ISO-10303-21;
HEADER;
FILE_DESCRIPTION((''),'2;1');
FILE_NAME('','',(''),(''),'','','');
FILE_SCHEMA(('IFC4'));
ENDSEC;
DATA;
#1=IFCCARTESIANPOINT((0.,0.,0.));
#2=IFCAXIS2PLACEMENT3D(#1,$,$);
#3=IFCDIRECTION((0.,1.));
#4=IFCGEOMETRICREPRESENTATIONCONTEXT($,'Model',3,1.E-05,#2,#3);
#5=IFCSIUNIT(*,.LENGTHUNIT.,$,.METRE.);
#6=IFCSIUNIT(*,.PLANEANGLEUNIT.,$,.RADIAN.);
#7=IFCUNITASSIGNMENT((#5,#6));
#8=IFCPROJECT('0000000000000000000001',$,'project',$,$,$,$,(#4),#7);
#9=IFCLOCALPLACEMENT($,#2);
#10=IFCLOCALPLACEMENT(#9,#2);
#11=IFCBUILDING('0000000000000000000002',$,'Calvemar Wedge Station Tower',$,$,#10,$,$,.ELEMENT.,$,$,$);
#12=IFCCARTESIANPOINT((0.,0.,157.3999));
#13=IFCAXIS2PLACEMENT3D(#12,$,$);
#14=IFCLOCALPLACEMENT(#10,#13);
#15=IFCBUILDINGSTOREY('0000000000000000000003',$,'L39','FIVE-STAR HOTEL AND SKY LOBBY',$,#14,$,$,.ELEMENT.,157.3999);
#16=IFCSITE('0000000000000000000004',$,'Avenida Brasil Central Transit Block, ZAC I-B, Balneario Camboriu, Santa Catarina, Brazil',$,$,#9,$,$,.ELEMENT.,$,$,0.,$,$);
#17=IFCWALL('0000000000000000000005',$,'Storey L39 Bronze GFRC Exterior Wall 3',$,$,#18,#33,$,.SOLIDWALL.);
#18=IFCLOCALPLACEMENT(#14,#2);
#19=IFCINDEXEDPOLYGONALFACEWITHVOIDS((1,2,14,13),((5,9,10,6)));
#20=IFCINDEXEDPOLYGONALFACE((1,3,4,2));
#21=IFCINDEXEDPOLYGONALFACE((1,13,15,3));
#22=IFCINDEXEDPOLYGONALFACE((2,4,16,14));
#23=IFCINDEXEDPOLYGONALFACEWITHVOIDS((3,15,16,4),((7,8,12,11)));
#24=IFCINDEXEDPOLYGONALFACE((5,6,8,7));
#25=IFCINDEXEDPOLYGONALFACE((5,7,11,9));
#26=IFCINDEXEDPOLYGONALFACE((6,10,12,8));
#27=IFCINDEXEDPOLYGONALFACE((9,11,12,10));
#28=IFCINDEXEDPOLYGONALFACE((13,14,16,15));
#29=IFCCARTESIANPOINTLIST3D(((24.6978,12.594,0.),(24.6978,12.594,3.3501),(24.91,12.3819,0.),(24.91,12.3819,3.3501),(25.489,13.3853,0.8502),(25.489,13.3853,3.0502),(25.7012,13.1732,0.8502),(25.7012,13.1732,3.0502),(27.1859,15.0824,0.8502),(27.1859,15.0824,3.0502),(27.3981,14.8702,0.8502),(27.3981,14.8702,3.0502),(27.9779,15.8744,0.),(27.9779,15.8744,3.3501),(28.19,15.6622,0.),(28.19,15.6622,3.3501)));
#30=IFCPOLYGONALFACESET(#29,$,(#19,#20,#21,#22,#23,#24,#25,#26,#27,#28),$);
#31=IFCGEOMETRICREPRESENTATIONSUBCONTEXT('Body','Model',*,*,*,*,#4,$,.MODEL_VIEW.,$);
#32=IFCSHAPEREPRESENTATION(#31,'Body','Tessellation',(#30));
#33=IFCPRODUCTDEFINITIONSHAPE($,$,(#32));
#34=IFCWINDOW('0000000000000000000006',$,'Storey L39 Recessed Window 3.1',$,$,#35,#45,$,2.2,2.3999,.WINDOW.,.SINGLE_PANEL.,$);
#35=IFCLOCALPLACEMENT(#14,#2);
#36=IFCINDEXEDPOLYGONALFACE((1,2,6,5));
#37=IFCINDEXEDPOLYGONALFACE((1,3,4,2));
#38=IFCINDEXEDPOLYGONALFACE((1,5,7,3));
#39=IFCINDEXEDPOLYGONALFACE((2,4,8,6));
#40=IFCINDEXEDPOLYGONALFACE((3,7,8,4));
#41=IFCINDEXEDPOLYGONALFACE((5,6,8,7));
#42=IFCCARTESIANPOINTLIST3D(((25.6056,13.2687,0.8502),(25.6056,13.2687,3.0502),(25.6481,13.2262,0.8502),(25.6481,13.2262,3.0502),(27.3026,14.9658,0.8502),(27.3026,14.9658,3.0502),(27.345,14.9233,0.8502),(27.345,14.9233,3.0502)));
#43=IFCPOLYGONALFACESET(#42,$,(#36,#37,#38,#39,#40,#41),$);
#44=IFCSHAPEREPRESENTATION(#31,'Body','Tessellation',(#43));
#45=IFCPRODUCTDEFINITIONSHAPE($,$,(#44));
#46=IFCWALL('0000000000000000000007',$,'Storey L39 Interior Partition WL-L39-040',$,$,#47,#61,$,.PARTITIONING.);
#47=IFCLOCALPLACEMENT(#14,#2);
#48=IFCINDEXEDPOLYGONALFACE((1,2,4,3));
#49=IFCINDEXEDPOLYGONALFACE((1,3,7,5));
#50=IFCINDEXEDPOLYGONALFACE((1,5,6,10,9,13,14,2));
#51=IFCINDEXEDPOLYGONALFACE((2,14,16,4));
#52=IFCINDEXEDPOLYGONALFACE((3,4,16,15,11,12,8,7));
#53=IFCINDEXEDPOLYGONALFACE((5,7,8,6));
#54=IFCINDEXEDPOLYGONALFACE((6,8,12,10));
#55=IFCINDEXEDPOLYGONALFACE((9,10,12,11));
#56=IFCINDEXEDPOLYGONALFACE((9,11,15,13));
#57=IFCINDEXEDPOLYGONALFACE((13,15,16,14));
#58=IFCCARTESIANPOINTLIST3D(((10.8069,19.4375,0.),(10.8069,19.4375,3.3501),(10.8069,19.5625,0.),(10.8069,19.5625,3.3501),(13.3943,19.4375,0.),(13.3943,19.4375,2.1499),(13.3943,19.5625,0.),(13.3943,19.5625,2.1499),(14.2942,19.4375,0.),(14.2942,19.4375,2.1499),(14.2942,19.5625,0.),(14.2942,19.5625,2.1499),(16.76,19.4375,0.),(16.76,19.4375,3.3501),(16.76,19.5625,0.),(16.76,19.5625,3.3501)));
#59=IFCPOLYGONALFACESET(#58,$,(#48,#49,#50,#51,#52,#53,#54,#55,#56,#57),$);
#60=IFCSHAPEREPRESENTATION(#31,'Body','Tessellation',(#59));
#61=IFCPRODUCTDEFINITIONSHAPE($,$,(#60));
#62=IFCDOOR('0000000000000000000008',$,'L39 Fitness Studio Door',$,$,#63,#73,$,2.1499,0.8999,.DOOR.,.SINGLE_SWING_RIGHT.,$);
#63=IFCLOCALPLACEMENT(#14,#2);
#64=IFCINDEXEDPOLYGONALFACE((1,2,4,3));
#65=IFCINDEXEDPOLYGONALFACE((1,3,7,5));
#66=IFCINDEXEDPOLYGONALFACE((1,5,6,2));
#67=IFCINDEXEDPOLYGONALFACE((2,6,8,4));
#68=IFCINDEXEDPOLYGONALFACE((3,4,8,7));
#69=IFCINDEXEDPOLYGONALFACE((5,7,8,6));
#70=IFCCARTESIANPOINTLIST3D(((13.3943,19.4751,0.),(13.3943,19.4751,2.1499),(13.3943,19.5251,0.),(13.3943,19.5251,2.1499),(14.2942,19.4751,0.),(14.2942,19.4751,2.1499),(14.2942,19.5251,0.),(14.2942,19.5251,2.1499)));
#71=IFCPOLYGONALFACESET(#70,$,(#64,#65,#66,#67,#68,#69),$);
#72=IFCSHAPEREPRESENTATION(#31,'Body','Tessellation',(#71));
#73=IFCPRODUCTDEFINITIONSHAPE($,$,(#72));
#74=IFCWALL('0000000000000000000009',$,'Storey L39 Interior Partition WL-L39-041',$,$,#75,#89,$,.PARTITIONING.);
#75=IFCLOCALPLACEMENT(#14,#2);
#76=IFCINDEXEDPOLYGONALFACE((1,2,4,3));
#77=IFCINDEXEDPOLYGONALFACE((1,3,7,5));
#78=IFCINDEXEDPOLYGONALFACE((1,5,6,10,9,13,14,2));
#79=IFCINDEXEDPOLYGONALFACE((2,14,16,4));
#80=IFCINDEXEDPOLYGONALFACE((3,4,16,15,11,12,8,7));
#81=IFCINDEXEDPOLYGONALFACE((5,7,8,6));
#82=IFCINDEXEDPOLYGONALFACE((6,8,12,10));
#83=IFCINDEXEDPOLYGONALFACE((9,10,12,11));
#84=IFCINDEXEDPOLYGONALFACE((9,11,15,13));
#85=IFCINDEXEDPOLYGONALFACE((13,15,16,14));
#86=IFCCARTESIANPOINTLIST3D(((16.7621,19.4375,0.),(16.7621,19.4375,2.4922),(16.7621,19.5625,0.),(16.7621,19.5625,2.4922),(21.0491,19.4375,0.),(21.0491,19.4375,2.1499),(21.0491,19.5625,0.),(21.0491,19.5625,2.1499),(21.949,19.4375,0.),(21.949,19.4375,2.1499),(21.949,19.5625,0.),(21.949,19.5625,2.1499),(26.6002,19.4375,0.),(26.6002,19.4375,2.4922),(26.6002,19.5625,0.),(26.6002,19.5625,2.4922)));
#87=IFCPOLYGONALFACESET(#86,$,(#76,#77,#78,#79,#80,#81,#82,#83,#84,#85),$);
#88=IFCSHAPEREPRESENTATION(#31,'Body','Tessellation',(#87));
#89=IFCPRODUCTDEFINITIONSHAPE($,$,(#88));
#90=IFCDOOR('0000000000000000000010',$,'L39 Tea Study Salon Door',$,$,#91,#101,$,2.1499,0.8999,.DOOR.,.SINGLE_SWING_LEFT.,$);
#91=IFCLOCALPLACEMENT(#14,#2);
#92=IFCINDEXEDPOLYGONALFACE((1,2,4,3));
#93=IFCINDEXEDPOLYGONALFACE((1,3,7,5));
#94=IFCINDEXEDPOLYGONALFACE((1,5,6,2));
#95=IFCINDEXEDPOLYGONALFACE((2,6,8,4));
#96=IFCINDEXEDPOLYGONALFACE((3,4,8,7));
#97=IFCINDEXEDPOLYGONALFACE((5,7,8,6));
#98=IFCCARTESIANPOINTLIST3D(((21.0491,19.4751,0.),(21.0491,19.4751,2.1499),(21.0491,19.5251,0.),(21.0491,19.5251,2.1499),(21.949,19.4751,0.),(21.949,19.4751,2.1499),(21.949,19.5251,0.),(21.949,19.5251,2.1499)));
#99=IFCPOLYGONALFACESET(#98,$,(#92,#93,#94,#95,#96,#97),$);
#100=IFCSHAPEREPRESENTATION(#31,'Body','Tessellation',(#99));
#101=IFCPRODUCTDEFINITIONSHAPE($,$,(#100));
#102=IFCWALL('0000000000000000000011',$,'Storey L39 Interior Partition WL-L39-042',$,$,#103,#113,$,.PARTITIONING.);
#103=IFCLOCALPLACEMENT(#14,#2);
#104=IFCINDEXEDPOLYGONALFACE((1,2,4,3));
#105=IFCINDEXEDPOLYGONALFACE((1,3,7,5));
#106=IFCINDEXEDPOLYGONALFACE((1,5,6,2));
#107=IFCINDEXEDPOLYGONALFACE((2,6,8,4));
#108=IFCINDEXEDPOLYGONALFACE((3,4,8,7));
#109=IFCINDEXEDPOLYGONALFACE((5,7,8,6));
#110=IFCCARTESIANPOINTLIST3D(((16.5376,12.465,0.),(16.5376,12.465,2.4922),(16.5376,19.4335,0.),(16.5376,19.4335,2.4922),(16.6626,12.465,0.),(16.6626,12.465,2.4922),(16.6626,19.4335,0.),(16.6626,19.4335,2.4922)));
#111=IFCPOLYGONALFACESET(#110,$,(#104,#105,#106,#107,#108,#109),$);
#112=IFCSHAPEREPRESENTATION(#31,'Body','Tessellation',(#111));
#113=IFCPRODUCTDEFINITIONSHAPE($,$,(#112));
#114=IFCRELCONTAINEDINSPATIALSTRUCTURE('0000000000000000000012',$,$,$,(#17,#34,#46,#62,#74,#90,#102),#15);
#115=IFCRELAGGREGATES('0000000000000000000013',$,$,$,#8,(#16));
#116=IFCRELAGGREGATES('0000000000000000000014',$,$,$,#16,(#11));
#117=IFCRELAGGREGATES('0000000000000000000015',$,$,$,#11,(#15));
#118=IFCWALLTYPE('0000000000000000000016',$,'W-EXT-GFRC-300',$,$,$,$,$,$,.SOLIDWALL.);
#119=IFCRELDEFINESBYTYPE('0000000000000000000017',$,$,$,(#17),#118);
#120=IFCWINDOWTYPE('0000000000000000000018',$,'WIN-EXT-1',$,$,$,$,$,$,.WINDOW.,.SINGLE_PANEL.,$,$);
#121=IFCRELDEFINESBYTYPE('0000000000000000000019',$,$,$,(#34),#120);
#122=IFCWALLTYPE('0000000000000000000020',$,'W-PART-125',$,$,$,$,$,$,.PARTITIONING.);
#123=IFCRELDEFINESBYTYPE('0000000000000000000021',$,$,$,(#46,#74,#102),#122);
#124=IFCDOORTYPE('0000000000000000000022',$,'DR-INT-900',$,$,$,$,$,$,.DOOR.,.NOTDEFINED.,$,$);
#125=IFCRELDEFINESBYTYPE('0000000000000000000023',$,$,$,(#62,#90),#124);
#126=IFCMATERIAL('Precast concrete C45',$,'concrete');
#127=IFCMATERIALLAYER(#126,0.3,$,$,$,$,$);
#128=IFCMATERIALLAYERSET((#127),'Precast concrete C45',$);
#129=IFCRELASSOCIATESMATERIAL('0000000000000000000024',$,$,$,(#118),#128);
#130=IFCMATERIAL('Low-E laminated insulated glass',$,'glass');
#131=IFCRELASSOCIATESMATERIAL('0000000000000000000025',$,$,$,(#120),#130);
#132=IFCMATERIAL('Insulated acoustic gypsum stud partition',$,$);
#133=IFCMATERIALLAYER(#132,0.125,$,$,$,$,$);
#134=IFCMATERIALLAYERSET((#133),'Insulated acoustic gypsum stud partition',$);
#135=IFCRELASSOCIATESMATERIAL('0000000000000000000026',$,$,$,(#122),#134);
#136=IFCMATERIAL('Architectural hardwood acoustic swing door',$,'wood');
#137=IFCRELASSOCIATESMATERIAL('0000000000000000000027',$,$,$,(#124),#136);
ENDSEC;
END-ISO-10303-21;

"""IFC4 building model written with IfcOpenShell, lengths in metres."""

from ifc_helpers import new_model, si_unit, direction, frame, frame_2d, origin, place, context, subcontext, project, spatial, rectangle, extrude, source, transform, mapped, material, layer, layer_set, type_object, element, fill, save


model = new_model("IFC4")

# Units and contexts
model_context = context("Model", 3, precision=1e-05, world=origin(), true_north=direction((0.0, 1.0)))
body_context = subcontext(model_context, "Body", "Model", "MODEL_VIEW")
ifc_project = project(units=[si_unit("LENGTHUNIT", "METRE"), si_unit("PLANEANGLEUNIT", "RADIAN")], contexts=[model_context])

# Site, building, storey
site_placement = place(None, origin())
site = spatial("IfcSite", under=ifc_project, at=site_placement, Name="Avenida Brasil Central Transit Block, ZAC I-B, Balneario Camboriu, Santa Catarina, Brazil", CompositionType="ELEMENT", RefElevation=0.0)
building_placement = place(site_placement, origin())
building = spatial("IfcBuilding", under=site, at=building_placement, Name="Calvemar Wedge Station Tower", CompositionType="ELEMENT")
storey_placement = place(building_placement, frame((0.0, 0.0, 157.3999)))
storey = spatial("IfcBuildingStorey", under=building, at=storey_placement, Name="L39", Description="FIVE-STAR HOTEL AND SKY LOBBY", CompositionType="ELEMENT", Elevation=157.3999)

# Shared definitions
ifc_material_1 = material(Name="Precast concrete C45", Category="concrete")
ifc_layer_1 = layer(ifc_material_1, 0.3)
ifc_layer_set_1 = layer_set([ifc_layer_1], Name="Precast concrete C45")
wall_type_1 = type_object("IfcWallType", Name="W-EXT-GFRC-300", PredefinedType="SOLIDWALL", material=ifc_layer_set_1)
shared_shape_1 = source(origin(), body_context, "Body", "SweptSolid", [
    extrude(rectangle(XDim=2.3999, YDim=2.2, at=frame_2d((1.2, 1.1001))), frame((0.0, 0.1602, 0.0), z_axis=(0.0, -1.0, 0.0), x_axis=(1.0, 0.0, 0.0)), (0.0, 0.0, 1.0), 0.3201),
])
ifc_material_2 = material(Name="Low-E laminated insulated glass", Category="glass")
window_type_1 = type_object("IfcWindowType", Name="WIN-EXT-1", PartitioningType="SINGLE_PANEL", PredefinedType="WINDOW", material=ifc_material_2)
shared_shape_2 = source(origin(), body_context, "Body", "SweptSolid", [
    extrude(rectangle(XDim=2.3999, YDim=2.2, at=frame_2d((1.2, 1.1001))), frame((0.0, -0.0149, 0.0), z_axis=(0.0, -1.0, 0.0), x_axis=(1.0, 0.0, 0.0)), (0.0, 0.0, 1.0), 0.0601),
])

# Wall, opening, window
wall_1_placement = place(storey_placement, frame((24.804, 12.488, 0.0), z_axis=(0.0, 0.0, 1.0), x_axis=(0.70708, 0.707133, 0.0)))
wall_1 = element("IfcWall", 1, at=wall_1_placement, inside=storey, type_object=wall_type_1, Name="Storey L39 Bronze GFRC Exterior Wall 3", PredefinedType="SOLIDWALL", context=body_context, shape_type="SweptSolid", body=[
    extrude(rectangle(XDim=4.6389, YDim=0.3, at=frame_2d((2.3193, 0.0))), origin(), (0.0, 0.0, 1.0), 3.3501),
])
opening_1_placement = place(wall_1_placement, frame((1.1189, 0.0, 0.8501)))
opening_1 = element("IfcOpeningElement", 2, at=opening_1_placement, cuts=wall_1, PredefinedType="OPENING", context=body_context, shape_type="MappedRepresentation", body=[
    mapped(shared_shape_1, transform((0.0, 0.0, 0.0), scale=1.0)),
])
window_1_placement = place(opening_1_placement, origin())
window_1 = element("IfcWindow", 3, at=window_1_placement, inside=storey, type_object=window_type_1, Name="Storey L39 Recessed Window 3.1", OverallHeight=2.2, OverallWidth=2.3999, PartitioningType="SINGLE_PANEL", PredefinedType="WINDOW", context=body_context, shape_type="MappedRepresentation", body=[
    mapped(shared_shape_2, transform((0.0, 0.0, 0.0), scale=1.0)),
])
fill(opening_1, window_1)

# Walls, openings, doors
ifc_material_3 = material(Name="Insulated acoustic gypsum stud partition")
ifc_layer_2 = layer(ifc_material_3, 0.125)
ifc_layer_set_2 = layer_set([ifc_layer_2], Name="Insulated acoustic gypsum stud partition")
wall_type_2 = type_object("IfcWallType", Name="W-PART-125", PredefinedType="PARTITIONING", material=ifc_layer_set_2)
wall_2_placement = place(storey_placement, frame((16.76, 19.5, 0.0), z_axis=(0.0, 0.0, 1.0), x_axis=(-1.0, 0.0, 0.0)))
wall_2 = element("IfcWall", 4, at=wall_2_placement, inside=storey, type_object=wall_type_2, Name="Storey L39 Interior Partition WL-L39-040", PredefinedType="PARTITIONING", context=body_context, shape_type="SweptSolid", body=[
    extrude(rectangle(XDim=5.9531, YDim=0.125, at=frame_2d((2.9766, 0.0))), origin(), (0.0, 0.0, 1.0), 3.3501),
])
shared_shape_3 = source(origin(), body_context, "Body", "SweptSolid", [
    extrude(rectangle(XDim=0.8999, YDim=2.1499, at=frame_2d((0.45, 1.075))), frame((0.0, 0.0725, 0.0), z_axis=(0.0, -1.0, 0.0), x_axis=(1.0, 0.0, 0.0)), (0.0, 0.0, 1.0), 0.145),
])
opening_2_placement = place(wall_2_placement, frame((2.4658, 0.0, 0.0)))
opening_2 = element("IfcOpeningElement", 5, at=opening_2_placement, cuts=wall_2, PredefinedType="OPENING", context=body_context, shape_type="MappedRepresentation", body=[
    mapped(shared_shape_3, transform((0.0, 0.0, 0.0), scale=1.0)),
])
ifc_material_4 = material(Name="Architectural hardwood acoustic swing door", Category="wood")
door_type = type_object("IfcDoorType", Name="DR-INT-900", OperationType="NOTDEFINED", PredefinedType="DOOR", material=ifc_material_4)
shared_shape_4 = source(origin(), body_context, "Body", "SweptSolid", [
    extrude(rectangle(XDim=0.8999, YDim=2.1499, at=frame_2d((0.45, 1.075))), frame((0.0, 0.0249, 0.0), z_axis=(0.0, -1.0, 0.0), x_axis=(1.0, 0.0, 0.0)), (0.0, 0.0, 1.0), 0.05),
])
door_1_placement = place(opening_2_placement, origin())
door_1 = element("IfcDoor", 6, at=door_1_placement, inside=storey, type_object=door_type, Name="L39 Fitness Studio Door", OperationType="SINGLE_SWING_RIGHT", OverallHeight=2.1499, OverallWidth=0.8999, PredefinedType="DOOR", context=body_context, shape_type="MappedRepresentation", body=[
    mapped(shared_shape_4, transform((0.0, 0.0, 0.0), scale=1.0)),
])
fill(opening_2, door_1)
wall_3_placement = place(storey_placement, frame((26.6001, 19.5, 0.0), z_axis=(0.0, 0.0, 1.0), x_axis=(-1.0, 0.0, 0.0)))
wall_3 = element("IfcWall", 7, at=wall_3_placement, inside=storey, type_object=wall_type_2, Name="Storey L39 Interior Partition WL-L39-041", PredefinedType="PARTITIONING", context=body_context, shape_type="SweptSolid", body=[
    extrude(rectangle(XDim=9.8381, YDim=0.125, at=frame_2d((4.9189, 0.0))), origin(), (0.0, 0.0, 1.0), 2.4922),
])
opening_3_placement = place(wall_3_placement, frame((4.6511, 0.0, 0.0)))
opening_3 = element("IfcOpeningElement", 8, at=opening_3_placement, cuts=wall_3, PredefinedType="OPENING", context=body_context, shape_type="MappedRepresentation", body=[
    mapped(shared_shape_3, transform((0.0, 0.0, 0.0), scale=1.0)),
])
door_2_placement = place(opening_3_placement, origin())
door_2 = element("IfcDoor", 9, at=door_2_placement, inside=storey, type_object=door_type, Name="L39 Tea Study Salon Door", OperationType="SINGLE_SWING_LEFT", OverallHeight=2.1499, OverallWidth=0.8999, PredefinedType="DOOR", context=body_context, shape_type="MappedRepresentation", body=[
    mapped(shared_shape_4, transform((0.0, 0.0, 0.0), scale=1.0)),
])
fill(opening_3, door_2)

# Wall
wall_4_placement = place(storey_placement, frame((16.6001, 19.4336, 0.0), z_axis=(0.0, 0.0, 1.0), x_axis=(0.0, -1.0, 0.0)))
element("IfcWall", 10, at=wall_4_placement, inside=storey, type_object=wall_type_2, Name="Storey L39 Interior Partition WL-L39-042", PredefinedType="PARTITIONING", context=body_context, shape_type="SweptSolid", body=[
    extrude(rectangle(XDim=6.9685, YDim=0.125, at=frame_2d((3.4844, 0.0))), origin(), (0.0, 0.0, 1.0), 2.4922),
])

save(model, "model.ifc")
